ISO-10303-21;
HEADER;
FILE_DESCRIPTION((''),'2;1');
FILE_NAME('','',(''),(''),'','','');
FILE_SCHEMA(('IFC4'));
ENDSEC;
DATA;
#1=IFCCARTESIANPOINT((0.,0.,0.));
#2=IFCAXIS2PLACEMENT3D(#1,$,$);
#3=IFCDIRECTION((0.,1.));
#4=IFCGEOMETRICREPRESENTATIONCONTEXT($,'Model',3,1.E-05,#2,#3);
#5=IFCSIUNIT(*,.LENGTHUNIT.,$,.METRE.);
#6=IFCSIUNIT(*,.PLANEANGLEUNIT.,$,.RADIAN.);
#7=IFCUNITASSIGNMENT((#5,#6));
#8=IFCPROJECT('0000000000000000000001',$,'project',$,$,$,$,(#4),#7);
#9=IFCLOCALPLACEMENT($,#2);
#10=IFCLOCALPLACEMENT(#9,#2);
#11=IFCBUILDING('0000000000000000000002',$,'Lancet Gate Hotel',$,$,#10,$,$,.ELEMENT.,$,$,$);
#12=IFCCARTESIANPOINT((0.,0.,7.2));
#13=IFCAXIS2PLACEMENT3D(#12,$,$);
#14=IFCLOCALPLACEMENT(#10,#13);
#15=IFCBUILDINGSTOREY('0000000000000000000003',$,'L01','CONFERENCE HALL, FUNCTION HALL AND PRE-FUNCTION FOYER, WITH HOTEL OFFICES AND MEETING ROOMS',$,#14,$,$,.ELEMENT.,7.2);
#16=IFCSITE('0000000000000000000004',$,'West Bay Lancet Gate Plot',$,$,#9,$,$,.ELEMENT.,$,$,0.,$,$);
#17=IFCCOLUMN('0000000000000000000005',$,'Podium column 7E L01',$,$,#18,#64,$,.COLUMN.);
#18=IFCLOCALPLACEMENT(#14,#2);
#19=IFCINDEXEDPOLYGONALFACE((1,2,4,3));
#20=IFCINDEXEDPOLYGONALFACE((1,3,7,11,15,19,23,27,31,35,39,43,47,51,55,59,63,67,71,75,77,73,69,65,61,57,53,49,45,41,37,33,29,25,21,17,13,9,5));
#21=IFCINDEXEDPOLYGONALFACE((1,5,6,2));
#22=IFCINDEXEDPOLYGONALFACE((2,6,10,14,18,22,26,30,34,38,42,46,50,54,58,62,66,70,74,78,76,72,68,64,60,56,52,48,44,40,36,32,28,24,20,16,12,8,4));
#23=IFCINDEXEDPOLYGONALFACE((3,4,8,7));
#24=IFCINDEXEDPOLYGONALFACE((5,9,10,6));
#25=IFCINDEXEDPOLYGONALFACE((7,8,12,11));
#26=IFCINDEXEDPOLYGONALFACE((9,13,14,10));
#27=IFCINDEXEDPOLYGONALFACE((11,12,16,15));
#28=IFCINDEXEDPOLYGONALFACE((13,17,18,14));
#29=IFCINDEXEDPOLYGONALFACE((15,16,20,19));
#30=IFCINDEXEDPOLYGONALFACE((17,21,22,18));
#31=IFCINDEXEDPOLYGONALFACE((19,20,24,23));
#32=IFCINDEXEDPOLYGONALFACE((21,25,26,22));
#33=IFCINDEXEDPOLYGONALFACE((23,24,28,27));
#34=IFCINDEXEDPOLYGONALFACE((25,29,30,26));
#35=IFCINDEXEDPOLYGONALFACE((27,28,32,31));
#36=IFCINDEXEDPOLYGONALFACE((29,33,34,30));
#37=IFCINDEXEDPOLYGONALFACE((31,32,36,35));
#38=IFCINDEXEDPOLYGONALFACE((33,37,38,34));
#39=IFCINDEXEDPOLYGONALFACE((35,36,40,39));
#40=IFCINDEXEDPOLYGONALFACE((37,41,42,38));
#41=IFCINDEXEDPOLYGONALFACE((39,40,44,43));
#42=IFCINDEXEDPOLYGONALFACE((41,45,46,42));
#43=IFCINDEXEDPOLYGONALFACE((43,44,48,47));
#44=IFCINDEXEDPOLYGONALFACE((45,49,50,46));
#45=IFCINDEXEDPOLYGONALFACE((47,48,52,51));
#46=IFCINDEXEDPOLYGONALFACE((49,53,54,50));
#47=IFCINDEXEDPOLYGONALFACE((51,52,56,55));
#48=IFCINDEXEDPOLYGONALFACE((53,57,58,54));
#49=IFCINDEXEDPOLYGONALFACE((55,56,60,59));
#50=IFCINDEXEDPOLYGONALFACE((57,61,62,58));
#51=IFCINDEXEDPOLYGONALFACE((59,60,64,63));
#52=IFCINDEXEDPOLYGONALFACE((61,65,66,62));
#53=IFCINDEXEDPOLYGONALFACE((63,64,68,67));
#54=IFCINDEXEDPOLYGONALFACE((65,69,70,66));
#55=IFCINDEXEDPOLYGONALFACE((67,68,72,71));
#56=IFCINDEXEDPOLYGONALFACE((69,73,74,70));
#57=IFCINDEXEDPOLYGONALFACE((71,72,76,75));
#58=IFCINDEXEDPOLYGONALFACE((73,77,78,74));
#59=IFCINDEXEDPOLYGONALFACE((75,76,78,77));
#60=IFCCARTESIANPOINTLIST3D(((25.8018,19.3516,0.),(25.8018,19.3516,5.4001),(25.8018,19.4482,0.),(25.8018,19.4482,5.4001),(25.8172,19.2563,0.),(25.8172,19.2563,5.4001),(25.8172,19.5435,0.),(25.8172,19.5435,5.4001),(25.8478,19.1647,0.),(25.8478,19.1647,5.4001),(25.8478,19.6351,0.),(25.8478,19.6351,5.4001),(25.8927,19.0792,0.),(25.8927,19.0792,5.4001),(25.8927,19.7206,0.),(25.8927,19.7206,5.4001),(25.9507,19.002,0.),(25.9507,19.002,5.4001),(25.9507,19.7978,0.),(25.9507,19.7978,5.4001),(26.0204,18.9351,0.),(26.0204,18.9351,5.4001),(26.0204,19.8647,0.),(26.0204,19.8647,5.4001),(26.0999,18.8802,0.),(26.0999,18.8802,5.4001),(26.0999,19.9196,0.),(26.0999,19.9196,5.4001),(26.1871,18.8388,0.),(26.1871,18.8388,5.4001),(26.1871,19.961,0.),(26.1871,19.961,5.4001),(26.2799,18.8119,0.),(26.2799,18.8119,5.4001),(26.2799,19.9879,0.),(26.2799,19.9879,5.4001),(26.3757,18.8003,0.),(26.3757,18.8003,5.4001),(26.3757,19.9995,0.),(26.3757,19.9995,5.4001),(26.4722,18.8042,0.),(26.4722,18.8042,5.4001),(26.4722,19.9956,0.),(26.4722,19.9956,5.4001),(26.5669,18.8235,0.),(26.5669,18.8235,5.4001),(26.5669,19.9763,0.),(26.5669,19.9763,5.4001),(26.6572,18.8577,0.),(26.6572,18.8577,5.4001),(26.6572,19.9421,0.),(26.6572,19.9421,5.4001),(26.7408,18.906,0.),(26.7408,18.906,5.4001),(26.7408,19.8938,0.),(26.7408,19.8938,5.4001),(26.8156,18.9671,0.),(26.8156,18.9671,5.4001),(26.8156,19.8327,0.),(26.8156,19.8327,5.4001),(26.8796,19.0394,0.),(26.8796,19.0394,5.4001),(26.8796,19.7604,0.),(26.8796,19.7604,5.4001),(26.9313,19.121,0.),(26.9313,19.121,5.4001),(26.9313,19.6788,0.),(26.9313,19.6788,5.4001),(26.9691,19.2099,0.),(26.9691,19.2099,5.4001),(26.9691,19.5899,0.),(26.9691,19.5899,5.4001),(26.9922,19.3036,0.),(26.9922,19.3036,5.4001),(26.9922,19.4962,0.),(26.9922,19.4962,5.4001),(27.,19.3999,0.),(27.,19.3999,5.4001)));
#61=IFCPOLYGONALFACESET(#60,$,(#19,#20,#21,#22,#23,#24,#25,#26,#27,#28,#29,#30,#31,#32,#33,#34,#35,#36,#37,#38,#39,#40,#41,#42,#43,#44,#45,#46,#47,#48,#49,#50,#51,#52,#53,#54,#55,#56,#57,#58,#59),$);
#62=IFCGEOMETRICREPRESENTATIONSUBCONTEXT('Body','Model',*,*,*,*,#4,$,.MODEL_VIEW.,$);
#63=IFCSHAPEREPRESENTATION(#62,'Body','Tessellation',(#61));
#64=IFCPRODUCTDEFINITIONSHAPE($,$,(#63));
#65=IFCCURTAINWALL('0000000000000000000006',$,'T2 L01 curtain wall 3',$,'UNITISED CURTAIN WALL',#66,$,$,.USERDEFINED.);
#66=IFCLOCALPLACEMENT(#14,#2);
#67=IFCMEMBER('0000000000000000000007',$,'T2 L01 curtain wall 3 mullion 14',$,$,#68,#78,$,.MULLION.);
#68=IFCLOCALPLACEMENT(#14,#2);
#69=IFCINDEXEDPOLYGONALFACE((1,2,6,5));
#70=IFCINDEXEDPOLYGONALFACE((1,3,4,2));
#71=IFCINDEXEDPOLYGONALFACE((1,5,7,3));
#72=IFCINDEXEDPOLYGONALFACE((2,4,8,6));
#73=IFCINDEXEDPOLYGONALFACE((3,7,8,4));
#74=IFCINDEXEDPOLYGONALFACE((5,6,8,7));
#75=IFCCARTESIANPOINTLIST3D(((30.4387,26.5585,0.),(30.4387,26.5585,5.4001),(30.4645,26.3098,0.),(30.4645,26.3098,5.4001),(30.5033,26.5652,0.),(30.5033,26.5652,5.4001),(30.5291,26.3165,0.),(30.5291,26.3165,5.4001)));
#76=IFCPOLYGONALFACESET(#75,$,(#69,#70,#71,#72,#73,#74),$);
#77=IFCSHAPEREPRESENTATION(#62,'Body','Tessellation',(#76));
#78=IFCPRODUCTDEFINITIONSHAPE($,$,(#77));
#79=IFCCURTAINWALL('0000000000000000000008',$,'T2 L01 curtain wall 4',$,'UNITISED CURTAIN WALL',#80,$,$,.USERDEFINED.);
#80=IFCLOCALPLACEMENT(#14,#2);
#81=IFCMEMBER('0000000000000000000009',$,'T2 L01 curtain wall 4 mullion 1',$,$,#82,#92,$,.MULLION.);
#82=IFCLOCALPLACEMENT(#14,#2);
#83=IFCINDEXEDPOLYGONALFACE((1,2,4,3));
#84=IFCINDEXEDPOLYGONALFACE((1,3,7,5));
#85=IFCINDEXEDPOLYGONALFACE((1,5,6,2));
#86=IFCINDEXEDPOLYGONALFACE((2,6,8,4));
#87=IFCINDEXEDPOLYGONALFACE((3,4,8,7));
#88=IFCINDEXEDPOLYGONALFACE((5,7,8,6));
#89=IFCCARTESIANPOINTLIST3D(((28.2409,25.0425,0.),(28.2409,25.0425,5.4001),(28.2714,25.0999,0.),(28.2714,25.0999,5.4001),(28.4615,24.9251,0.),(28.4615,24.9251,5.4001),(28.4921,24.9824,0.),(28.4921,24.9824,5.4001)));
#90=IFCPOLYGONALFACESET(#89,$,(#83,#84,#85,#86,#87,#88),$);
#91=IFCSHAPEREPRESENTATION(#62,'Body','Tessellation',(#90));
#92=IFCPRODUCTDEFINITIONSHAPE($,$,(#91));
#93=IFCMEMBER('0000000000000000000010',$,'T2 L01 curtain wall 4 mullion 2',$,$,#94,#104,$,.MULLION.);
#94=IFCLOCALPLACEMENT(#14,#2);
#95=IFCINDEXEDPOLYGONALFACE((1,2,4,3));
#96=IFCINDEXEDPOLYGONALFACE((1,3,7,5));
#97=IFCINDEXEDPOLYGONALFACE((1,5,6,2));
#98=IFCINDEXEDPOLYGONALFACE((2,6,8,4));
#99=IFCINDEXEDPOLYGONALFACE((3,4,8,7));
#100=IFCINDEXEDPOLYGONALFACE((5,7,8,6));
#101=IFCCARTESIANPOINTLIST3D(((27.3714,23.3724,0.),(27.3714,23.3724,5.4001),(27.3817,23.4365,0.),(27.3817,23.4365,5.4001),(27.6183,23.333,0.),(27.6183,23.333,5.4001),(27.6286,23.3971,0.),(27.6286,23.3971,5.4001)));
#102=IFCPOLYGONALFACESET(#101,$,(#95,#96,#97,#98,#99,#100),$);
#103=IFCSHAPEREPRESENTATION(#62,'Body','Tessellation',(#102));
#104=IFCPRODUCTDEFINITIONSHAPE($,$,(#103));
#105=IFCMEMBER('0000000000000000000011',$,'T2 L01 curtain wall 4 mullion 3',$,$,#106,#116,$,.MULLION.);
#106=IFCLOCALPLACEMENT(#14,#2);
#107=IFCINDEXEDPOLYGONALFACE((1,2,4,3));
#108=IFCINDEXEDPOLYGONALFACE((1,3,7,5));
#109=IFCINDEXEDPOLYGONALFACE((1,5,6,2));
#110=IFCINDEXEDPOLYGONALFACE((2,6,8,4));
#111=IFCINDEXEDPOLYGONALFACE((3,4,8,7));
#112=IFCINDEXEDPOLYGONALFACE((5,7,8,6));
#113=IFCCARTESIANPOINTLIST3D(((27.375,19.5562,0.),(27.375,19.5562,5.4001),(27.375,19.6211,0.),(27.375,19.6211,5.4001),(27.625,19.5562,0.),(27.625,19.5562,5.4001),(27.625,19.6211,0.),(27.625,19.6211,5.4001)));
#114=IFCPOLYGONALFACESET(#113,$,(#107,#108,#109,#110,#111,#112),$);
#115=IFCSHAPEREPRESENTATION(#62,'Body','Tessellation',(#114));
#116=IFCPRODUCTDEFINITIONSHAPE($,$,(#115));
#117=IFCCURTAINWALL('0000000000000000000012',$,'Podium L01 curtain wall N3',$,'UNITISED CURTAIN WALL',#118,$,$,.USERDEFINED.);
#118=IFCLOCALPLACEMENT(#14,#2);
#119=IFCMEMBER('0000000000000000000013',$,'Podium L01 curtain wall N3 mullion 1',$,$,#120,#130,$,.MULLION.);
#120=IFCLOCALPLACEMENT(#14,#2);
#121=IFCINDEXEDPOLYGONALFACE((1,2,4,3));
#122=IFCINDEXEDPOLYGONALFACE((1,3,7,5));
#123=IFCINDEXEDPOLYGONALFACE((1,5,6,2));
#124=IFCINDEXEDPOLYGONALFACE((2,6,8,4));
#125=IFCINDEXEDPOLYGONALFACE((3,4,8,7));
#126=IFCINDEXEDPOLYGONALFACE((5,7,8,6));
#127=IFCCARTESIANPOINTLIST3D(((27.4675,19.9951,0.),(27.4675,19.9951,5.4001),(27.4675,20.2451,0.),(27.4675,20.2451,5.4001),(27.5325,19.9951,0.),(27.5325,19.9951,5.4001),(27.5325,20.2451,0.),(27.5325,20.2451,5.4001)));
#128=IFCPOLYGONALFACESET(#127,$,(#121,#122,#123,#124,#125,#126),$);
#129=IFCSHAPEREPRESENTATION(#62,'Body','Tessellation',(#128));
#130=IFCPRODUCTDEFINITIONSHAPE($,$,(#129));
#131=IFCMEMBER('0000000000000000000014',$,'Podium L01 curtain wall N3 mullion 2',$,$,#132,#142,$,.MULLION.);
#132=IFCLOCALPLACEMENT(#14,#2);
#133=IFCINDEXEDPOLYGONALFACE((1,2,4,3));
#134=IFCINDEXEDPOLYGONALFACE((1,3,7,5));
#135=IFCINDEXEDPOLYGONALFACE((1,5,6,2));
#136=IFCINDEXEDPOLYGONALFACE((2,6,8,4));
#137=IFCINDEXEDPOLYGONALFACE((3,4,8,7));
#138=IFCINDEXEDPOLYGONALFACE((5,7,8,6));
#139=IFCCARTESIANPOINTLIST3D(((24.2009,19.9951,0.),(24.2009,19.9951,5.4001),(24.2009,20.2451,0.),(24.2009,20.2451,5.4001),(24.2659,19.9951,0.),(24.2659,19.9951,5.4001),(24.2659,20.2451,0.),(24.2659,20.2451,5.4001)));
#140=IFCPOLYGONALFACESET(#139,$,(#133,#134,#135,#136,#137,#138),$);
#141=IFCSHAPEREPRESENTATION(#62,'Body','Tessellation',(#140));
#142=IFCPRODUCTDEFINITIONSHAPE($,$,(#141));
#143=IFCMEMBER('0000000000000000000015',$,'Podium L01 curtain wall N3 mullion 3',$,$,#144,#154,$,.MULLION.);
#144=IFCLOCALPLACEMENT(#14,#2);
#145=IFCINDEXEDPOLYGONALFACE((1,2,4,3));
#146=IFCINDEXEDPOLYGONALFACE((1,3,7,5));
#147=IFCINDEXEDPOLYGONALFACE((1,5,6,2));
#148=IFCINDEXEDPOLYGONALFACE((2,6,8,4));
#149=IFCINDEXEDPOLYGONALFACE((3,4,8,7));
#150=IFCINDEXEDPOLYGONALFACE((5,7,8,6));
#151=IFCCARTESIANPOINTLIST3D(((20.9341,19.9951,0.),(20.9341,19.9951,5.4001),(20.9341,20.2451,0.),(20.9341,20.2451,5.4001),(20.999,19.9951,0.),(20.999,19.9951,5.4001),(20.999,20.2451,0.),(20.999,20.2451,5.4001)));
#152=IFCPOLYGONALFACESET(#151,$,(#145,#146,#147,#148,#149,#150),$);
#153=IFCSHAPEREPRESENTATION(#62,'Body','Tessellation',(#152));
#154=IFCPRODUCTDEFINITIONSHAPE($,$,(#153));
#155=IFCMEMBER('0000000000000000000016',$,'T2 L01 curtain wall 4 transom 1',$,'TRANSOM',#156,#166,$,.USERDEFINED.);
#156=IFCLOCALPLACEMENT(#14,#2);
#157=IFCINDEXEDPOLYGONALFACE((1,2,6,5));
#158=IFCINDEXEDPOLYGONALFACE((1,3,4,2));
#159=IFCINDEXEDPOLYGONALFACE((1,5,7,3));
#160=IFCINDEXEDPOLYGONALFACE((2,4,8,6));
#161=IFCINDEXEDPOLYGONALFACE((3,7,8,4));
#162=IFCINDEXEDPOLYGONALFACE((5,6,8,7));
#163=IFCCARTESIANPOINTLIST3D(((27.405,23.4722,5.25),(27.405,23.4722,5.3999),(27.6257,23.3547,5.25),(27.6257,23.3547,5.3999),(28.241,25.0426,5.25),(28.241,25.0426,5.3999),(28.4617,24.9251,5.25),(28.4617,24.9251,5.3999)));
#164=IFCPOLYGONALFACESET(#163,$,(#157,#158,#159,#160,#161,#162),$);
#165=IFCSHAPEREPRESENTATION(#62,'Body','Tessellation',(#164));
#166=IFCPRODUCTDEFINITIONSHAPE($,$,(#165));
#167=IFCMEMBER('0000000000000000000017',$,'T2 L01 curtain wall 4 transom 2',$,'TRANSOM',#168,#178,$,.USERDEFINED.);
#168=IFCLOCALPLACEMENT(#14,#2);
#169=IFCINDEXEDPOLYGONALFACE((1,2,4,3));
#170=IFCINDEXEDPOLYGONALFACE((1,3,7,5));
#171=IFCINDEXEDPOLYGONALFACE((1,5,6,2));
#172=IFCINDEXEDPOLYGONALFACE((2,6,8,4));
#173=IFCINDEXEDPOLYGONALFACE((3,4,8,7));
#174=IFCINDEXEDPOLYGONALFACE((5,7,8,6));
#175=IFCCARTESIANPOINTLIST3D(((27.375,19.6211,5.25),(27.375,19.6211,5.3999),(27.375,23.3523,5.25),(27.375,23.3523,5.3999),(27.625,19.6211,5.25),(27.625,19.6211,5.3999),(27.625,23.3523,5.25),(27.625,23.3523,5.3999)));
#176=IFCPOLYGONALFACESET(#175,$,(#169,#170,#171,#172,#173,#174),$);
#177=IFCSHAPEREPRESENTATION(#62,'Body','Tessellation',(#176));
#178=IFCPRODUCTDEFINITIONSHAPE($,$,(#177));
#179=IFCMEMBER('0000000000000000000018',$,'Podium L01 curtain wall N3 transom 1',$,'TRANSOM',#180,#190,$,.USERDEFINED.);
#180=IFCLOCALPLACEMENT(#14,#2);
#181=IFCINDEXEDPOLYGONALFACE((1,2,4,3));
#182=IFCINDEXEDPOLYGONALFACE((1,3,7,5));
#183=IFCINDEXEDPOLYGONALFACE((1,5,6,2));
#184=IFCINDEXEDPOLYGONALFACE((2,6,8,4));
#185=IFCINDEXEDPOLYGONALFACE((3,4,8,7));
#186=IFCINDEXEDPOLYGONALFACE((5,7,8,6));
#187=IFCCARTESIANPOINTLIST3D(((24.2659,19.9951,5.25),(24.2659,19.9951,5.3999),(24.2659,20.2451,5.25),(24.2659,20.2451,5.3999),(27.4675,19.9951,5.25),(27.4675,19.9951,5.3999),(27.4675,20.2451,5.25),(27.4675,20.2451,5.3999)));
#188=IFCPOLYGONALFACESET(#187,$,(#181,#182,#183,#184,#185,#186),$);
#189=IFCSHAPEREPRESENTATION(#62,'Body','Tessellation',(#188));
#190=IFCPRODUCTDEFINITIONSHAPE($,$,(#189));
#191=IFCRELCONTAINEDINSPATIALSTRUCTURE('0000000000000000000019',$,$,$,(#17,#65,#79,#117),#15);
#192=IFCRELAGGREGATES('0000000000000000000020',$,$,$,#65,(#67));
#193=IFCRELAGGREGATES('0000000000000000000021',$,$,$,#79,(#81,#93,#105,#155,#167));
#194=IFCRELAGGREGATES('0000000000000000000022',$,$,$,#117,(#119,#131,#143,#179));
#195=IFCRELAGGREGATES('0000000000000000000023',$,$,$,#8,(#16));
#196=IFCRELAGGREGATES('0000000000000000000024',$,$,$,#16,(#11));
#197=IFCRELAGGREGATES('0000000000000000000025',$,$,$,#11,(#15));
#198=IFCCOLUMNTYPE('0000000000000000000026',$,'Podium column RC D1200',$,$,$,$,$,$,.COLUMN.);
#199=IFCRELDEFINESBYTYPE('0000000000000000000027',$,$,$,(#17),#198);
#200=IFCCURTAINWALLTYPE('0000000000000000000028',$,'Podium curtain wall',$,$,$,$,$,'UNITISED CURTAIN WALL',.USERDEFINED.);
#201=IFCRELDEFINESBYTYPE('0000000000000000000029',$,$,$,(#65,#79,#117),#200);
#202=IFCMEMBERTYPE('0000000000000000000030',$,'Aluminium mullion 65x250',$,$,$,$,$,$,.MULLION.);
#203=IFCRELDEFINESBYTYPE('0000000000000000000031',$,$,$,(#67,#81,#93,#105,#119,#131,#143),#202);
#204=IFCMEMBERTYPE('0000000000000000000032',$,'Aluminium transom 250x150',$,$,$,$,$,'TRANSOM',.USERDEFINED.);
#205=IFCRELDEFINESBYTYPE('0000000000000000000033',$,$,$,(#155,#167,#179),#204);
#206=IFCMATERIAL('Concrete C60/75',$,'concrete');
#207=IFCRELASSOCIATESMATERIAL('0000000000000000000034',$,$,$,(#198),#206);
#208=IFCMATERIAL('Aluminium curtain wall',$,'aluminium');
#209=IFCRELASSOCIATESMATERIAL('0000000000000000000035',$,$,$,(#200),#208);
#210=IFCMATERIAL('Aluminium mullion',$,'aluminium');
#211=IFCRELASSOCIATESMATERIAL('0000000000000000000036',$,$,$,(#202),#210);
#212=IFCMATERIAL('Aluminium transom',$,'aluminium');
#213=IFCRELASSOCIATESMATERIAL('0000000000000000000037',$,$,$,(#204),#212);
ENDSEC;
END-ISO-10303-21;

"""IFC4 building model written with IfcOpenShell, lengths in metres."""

from ifc_helpers import new_model, si_unit, direction, frame, origin, origin_2d, place, context, subcontext, project, spatial, rectangle, circle, extrude, material, material_profile, profile_set, type_object, element, aggregate, save


model = new_model("IFC4")

# Units and contexts
model_context = context("Model", 3, precision=1e-05, world=origin(), true_north=direction((0.0, 1.0)))
body_context = subcontext(model_context, "Body", "Model", "MODEL_VIEW")
ifc_project = project(units=[si_unit("LENGTHUNIT", "METRE"), si_unit("PLANEANGLEUNIT", "RADIAN")], contexts=[model_context])

# Site, building, storey
site_placement = place(None, origin())
site = spatial("IfcSite", under=ifc_project, at=site_placement, Name="West Bay Lancet Gate Plot", CompositionType="ELEMENT", RefElevation=0.0)
building_placement = place(site_placement, origin())
building = spatial("IfcBuilding", under=site, at=building_placement, Name="Lancet Gate Hotel", CompositionType="ELEMENT")
storey_placement = place(building_placement, frame((0.0, 0.0, 7.2)))
storey = spatial("IfcBuildingStorey", under=building, at=storey_placement, Name="L01", Description="CONFERENCE HALL, FUNCTION HALL AND PRE-FUNCTION FOYER, WITH HOTEL OFFICES AND MEETING ROOMS", CompositionType="ELEMENT", Elevation=7.2)

# Column
ifc_material_1 = material(Name="Concrete C60/75", Category="concrete")
ifc_material_profile_1 = material_profile(ifc_material_1, circle(Radius=0.6001, at=origin_2d()), Name="RC D1200")
ifc_profile_set_1 = profile_set([ifc_material_profile_1], Name="Concrete C60/75")
column_type_1 = type_object("IfcColumnType", Name="Podium column RC D1200", PredefinedType="COLUMN", material=ifc_profile_set_1)
for number, where, z_axis, x_axis, name in (
    (1, (26.3999, 19.3999, 0.0), (0.0, 0.0, 1.0), (1.0, 0.0, 0.0), "Podium column 7E L01"),
):
    element("IfcColumn", number, at=place(storey_placement, frame(where, z_axis=z_axis, x_axis=x_axis)), inside=storey, type_object=column_type_1, Name=name, PredefinedType="COLUMN", context=body_context, shape_type="SweptSolid", body=[
        extrude(circle(Radius=0.6001, at=origin_2d()), origin(), (0.0, 0.0, 1.0), 5.4001),
    ])

# Curtain wall, member
ifc_material_2 = material(Name="Aluminium curtain wall", Category="aluminium")
curtain_wall_type = type_object("IfcCurtainWallType", Name="Podium curtain wall", ElementType="UNITISED CURTAIN WALL", PredefinedType="USERDEFINED", material=ifc_material_2)
curtain_wall_1_placement = place(storey_placement, origin())
curtain_wall_1 = element("IfcCurtainWall", 2, at=curtain_wall_1_placement, inside=storey, type_object=curtain_wall_type, Name="T2 L01 curtain wall 3", ObjectType="UNITISED CURTAIN WALL", PredefinedType="USERDEFINED")
ifc_material_3 = material(Name="Aluminium mullion", Category="aluminium")
ifc_material_profile_2 = material_profile(ifc_material_3, rectangle(XDim=0.0649, YDim=0.25, at=origin_2d()), Name="MULLION 65x250")
ifc_profile_set_2 = profile_set([ifc_material_profile_2], Name="Aluminium mullion")
member_type_1 = type_object("IfcMemberType", Name="Aluminium mullion 65x250", PredefinedType="MULLION", material=ifc_profile_set_2)
member_1_placement = place(storey_placement, frame((30.4839, 26.4375, 0.0), z_axis=(0.0, 0.0, 1.0), x_axis=(-0.994672, -0.103088, 0.0)))
member_1 = element("IfcMember", 3, at=member_1_placement, type_object=member_type_1, Name="T2 L01 curtain wall 3 mullion 14", PredefinedType="MULLION", context=body_context, shape_type="SweptSolid", body=[
    extrude(rectangle(XDim=0.0649, YDim=0.25, at=origin_2d()), origin(), (0.0, 0.0, 1.0), 5.4001),
])
aggregate(curtain_wall_1, [member_1])

# Curtain walls, members
curtain_wall_2_placement = place(storey_placement, origin())
curtain_wall_2 = element("IfcCurtainWall", 4, at=curtain_wall_2_placement, inside=storey, type_object=curtain_wall_type, Name="T2 L01 curtain wall 4", ObjectType="UNITISED CURTAIN WALL", PredefinedType="USERDEFINED")
member_2_placement = place(storey_placement, frame((28.3665, 25.0125, 0.0), z_axis=(0.0, 0.0, 1.0), x_axis=(-0.469898, -0.882721, 0.0)))
member_2 = element("IfcMember", 5, at=member_2_placement, type_object=member_type_1, Name="T2 L01 curtain wall 4 mullion 1", PredefinedType="MULLION", context=body_context, shape_type="SweptSolid", body=[
    extrude(rectangle(XDim=0.0649, YDim=0.25, at=origin_2d()), origin(), (0.0, 0.0, 1.0), 5.4001),
])
member_3_placement = place(storey_placement, frame((27.5, 23.3848, 0.0), z_axis=(0.0, 0.0, 1.0), x_axis=(-0.157752, -0.987479, 0.0)))
member_3 = element("IfcMember", 6, at=member_3_placement, type_object=member_type_1, Name="T2 L01 curtain wall 4 mullion 2", PredefinedType="MULLION", context=body_context, shape_type="SweptSolid", body=[
    extrude(rectangle(XDim=0.0649, YDim=0.25, at=origin_2d()), origin(), (0.0, 0.0, 1.0), 5.4001),
])
member_4_placement = place(storey_placement, frame((27.5, 19.5886, 0.0), z_axis=(0.0, 0.0, 1.0), x_axis=(0.0, -1.0, 0.0)))
member_4 = element("IfcMember", 7, at=member_4_placement, type_object=member_type_1, Name="T2 L01 curtain wall 4 mullion 3", PredefinedType="MULLION", context=body_context, shape_type="SweptSolid", body=[
    extrude(rectangle(XDim=0.0649, YDim=0.25, at=origin_2d()), origin(), (0.0, 0.0, 1.0), 5.4001),
])
curtain_wall_3_placement = place(storey_placement, origin())
curtain_wall_3 = element("IfcCurtainWall", 8, at=curtain_wall_3_placement, inside=storey, type_object=curtain_wall_type, Name="Podium L01 curtain wall N3", ObjectType="UNITISED CURTAIN WALL", PredefinedType="USERDEFINED")
member_5_placement = place(storey_placement, frame((27.5, 20.1201, 0.0), z_axis=(0.0, 0.0, 1.0), x_axis=(-1.0, 0.0, 0.0)))
member_5 = element("IfcMember", 9, at=member_5_placement, type_object=member_type_1, Name="Podium L01 curtain wall N3 mullion 1", PredefinedType="MULLION", context=body_context, shape_type="SweptSolid", body=[
    extrude(rectangle(XDim=0.0649, YDim=0.25, at=origin_2d()), origin(), (0.0, 0.0, 1.0), 5.4001),
])
member_6_placement = place(storey_placement, frame((24.2334, 20.1201, 0.0), z_axis=(0.0, 0.0, 1.0), x_axis=(-1.0, 0.0, 0.0)))
member_6 = element("IfcMember", 10, at=member_6_placement, type_object=member_type_1, Name="Podium L01 curtain wall N3 mullion 2", PredefinedType="MULLION", context=body_context, shape_type="SweptSolid", body=[
    extrude(rectangle(XDim=0.0649, YDim=0.25, at=origin_2d()), origin(), (0.0, 0.0, 1.0), 5.4001),
])
member_7_placement = place(storey_placement, frame((20.9666, 20.1201, 0.0), z_axis=(0.0, 0.0, 1.0), x_axis=(-1.0, 0.0, 0.0)))
member_7 = element("IfcMember", 11, at=member_7_placement, type_object=member_type_1, Name="Podium L01 curtain wall N3 mullion 3", PredefinedType="MULLION", context=body_context, shape_type="SweptSolid", body=[
    extrude(rectangle(XDim=0.0649, YDim=0.25, at=origin_2d()), origin(), (0.0, 0.0, 1.0), 5.4001),
])

# Members
ifc_material_4 = material(Name="Aluminium transom", Category="aluminium")
ifc_material_profile_3 = material_profile(ifc_material_4, rectangle(XDim=0.25, YDim=0.1499, at=origin_2d()), Name="TRANSOM 250x150")
ifc_profile_set_3 = profile_set([ifc_material_profile_3], Name="Aluminium transom")
member_type_2 = type_object("IfcMemberType", Name="Aluminium transom 250x150", ElementType="TRANSOM", PredefinedType="USERDEFINED", material=ifc_profile_set_3)
member_8_placement = place(storey_placement, frame((28.3513, 24.9839, 5.325), z_axis=(-0.469904, -0.882717, 0.0), x_axis=(0.882717, -0.469904, 0.0)))
member_8 = element("IfcMember", 12, at=member_8_placement, type_object=member_type_2, Name="T2 L01 curtain wall 4 transom 1", ObjectType="TRANSOM", PredefinedType="USERDEFINED", context=body_context, shape_type="SweptSolid", body=[
    extrude(rectangle(XDim=0.25, YDim=0.1499, at=origin_2d()), origin(), (0.0, 0.0, 1.0), 1.7791),
])
member_9_placement = place(storey_placement, frame((27.5, 23.3523, 5.325), z_axis=(0.0, -1.0, 0.0), x_axis=(1.0, 0.0, 0.0)))
member_9 = element("IfcMember", 13, at=member_9_placement, type_object=member_type_2, Name="T2 L01 curtain wall 4 transom 2", ObjectType="TRANSOM", PredefinedType="USERDEFINED", context=body_context, shape_type="SweptSolid", body=[
    extrude(rectangle(XDim=0.25, YDim=0.1499, at=origin_2d()), origin(), (0.0, 0.0, 1.0), 3.7312),
])
member_10_placement = place(storey_placement, frame((27.4675, 20.1201, 5.325), z_axis=(-1.0, 0.0, 0.0), x_axis=(0.0, -1.0, 0.0)))
member_10 = element("IfcMember", 14, at=member_10_placement, type_object=member_type_2, Name="Podium L01 curtain wall N3 transom 1", ObjectType="TRANSOM", PredefinedType="USERDEFINED", context=body_context, shape_type="SweptSolid", body=[
    extrude(rectangle(XDim=0.25, YDim=0.1499, at=origin_2d()), origin(), (0.0, 0.0, 1.0), 3.2017),
])

aggregate(curtain_wall_2, [member_2, member_3, member_4, member_8, member_9])
aggregate(curtain_wall_3, [member_5, member_6, member_7, member_10])

save(model, "model.ifc")
